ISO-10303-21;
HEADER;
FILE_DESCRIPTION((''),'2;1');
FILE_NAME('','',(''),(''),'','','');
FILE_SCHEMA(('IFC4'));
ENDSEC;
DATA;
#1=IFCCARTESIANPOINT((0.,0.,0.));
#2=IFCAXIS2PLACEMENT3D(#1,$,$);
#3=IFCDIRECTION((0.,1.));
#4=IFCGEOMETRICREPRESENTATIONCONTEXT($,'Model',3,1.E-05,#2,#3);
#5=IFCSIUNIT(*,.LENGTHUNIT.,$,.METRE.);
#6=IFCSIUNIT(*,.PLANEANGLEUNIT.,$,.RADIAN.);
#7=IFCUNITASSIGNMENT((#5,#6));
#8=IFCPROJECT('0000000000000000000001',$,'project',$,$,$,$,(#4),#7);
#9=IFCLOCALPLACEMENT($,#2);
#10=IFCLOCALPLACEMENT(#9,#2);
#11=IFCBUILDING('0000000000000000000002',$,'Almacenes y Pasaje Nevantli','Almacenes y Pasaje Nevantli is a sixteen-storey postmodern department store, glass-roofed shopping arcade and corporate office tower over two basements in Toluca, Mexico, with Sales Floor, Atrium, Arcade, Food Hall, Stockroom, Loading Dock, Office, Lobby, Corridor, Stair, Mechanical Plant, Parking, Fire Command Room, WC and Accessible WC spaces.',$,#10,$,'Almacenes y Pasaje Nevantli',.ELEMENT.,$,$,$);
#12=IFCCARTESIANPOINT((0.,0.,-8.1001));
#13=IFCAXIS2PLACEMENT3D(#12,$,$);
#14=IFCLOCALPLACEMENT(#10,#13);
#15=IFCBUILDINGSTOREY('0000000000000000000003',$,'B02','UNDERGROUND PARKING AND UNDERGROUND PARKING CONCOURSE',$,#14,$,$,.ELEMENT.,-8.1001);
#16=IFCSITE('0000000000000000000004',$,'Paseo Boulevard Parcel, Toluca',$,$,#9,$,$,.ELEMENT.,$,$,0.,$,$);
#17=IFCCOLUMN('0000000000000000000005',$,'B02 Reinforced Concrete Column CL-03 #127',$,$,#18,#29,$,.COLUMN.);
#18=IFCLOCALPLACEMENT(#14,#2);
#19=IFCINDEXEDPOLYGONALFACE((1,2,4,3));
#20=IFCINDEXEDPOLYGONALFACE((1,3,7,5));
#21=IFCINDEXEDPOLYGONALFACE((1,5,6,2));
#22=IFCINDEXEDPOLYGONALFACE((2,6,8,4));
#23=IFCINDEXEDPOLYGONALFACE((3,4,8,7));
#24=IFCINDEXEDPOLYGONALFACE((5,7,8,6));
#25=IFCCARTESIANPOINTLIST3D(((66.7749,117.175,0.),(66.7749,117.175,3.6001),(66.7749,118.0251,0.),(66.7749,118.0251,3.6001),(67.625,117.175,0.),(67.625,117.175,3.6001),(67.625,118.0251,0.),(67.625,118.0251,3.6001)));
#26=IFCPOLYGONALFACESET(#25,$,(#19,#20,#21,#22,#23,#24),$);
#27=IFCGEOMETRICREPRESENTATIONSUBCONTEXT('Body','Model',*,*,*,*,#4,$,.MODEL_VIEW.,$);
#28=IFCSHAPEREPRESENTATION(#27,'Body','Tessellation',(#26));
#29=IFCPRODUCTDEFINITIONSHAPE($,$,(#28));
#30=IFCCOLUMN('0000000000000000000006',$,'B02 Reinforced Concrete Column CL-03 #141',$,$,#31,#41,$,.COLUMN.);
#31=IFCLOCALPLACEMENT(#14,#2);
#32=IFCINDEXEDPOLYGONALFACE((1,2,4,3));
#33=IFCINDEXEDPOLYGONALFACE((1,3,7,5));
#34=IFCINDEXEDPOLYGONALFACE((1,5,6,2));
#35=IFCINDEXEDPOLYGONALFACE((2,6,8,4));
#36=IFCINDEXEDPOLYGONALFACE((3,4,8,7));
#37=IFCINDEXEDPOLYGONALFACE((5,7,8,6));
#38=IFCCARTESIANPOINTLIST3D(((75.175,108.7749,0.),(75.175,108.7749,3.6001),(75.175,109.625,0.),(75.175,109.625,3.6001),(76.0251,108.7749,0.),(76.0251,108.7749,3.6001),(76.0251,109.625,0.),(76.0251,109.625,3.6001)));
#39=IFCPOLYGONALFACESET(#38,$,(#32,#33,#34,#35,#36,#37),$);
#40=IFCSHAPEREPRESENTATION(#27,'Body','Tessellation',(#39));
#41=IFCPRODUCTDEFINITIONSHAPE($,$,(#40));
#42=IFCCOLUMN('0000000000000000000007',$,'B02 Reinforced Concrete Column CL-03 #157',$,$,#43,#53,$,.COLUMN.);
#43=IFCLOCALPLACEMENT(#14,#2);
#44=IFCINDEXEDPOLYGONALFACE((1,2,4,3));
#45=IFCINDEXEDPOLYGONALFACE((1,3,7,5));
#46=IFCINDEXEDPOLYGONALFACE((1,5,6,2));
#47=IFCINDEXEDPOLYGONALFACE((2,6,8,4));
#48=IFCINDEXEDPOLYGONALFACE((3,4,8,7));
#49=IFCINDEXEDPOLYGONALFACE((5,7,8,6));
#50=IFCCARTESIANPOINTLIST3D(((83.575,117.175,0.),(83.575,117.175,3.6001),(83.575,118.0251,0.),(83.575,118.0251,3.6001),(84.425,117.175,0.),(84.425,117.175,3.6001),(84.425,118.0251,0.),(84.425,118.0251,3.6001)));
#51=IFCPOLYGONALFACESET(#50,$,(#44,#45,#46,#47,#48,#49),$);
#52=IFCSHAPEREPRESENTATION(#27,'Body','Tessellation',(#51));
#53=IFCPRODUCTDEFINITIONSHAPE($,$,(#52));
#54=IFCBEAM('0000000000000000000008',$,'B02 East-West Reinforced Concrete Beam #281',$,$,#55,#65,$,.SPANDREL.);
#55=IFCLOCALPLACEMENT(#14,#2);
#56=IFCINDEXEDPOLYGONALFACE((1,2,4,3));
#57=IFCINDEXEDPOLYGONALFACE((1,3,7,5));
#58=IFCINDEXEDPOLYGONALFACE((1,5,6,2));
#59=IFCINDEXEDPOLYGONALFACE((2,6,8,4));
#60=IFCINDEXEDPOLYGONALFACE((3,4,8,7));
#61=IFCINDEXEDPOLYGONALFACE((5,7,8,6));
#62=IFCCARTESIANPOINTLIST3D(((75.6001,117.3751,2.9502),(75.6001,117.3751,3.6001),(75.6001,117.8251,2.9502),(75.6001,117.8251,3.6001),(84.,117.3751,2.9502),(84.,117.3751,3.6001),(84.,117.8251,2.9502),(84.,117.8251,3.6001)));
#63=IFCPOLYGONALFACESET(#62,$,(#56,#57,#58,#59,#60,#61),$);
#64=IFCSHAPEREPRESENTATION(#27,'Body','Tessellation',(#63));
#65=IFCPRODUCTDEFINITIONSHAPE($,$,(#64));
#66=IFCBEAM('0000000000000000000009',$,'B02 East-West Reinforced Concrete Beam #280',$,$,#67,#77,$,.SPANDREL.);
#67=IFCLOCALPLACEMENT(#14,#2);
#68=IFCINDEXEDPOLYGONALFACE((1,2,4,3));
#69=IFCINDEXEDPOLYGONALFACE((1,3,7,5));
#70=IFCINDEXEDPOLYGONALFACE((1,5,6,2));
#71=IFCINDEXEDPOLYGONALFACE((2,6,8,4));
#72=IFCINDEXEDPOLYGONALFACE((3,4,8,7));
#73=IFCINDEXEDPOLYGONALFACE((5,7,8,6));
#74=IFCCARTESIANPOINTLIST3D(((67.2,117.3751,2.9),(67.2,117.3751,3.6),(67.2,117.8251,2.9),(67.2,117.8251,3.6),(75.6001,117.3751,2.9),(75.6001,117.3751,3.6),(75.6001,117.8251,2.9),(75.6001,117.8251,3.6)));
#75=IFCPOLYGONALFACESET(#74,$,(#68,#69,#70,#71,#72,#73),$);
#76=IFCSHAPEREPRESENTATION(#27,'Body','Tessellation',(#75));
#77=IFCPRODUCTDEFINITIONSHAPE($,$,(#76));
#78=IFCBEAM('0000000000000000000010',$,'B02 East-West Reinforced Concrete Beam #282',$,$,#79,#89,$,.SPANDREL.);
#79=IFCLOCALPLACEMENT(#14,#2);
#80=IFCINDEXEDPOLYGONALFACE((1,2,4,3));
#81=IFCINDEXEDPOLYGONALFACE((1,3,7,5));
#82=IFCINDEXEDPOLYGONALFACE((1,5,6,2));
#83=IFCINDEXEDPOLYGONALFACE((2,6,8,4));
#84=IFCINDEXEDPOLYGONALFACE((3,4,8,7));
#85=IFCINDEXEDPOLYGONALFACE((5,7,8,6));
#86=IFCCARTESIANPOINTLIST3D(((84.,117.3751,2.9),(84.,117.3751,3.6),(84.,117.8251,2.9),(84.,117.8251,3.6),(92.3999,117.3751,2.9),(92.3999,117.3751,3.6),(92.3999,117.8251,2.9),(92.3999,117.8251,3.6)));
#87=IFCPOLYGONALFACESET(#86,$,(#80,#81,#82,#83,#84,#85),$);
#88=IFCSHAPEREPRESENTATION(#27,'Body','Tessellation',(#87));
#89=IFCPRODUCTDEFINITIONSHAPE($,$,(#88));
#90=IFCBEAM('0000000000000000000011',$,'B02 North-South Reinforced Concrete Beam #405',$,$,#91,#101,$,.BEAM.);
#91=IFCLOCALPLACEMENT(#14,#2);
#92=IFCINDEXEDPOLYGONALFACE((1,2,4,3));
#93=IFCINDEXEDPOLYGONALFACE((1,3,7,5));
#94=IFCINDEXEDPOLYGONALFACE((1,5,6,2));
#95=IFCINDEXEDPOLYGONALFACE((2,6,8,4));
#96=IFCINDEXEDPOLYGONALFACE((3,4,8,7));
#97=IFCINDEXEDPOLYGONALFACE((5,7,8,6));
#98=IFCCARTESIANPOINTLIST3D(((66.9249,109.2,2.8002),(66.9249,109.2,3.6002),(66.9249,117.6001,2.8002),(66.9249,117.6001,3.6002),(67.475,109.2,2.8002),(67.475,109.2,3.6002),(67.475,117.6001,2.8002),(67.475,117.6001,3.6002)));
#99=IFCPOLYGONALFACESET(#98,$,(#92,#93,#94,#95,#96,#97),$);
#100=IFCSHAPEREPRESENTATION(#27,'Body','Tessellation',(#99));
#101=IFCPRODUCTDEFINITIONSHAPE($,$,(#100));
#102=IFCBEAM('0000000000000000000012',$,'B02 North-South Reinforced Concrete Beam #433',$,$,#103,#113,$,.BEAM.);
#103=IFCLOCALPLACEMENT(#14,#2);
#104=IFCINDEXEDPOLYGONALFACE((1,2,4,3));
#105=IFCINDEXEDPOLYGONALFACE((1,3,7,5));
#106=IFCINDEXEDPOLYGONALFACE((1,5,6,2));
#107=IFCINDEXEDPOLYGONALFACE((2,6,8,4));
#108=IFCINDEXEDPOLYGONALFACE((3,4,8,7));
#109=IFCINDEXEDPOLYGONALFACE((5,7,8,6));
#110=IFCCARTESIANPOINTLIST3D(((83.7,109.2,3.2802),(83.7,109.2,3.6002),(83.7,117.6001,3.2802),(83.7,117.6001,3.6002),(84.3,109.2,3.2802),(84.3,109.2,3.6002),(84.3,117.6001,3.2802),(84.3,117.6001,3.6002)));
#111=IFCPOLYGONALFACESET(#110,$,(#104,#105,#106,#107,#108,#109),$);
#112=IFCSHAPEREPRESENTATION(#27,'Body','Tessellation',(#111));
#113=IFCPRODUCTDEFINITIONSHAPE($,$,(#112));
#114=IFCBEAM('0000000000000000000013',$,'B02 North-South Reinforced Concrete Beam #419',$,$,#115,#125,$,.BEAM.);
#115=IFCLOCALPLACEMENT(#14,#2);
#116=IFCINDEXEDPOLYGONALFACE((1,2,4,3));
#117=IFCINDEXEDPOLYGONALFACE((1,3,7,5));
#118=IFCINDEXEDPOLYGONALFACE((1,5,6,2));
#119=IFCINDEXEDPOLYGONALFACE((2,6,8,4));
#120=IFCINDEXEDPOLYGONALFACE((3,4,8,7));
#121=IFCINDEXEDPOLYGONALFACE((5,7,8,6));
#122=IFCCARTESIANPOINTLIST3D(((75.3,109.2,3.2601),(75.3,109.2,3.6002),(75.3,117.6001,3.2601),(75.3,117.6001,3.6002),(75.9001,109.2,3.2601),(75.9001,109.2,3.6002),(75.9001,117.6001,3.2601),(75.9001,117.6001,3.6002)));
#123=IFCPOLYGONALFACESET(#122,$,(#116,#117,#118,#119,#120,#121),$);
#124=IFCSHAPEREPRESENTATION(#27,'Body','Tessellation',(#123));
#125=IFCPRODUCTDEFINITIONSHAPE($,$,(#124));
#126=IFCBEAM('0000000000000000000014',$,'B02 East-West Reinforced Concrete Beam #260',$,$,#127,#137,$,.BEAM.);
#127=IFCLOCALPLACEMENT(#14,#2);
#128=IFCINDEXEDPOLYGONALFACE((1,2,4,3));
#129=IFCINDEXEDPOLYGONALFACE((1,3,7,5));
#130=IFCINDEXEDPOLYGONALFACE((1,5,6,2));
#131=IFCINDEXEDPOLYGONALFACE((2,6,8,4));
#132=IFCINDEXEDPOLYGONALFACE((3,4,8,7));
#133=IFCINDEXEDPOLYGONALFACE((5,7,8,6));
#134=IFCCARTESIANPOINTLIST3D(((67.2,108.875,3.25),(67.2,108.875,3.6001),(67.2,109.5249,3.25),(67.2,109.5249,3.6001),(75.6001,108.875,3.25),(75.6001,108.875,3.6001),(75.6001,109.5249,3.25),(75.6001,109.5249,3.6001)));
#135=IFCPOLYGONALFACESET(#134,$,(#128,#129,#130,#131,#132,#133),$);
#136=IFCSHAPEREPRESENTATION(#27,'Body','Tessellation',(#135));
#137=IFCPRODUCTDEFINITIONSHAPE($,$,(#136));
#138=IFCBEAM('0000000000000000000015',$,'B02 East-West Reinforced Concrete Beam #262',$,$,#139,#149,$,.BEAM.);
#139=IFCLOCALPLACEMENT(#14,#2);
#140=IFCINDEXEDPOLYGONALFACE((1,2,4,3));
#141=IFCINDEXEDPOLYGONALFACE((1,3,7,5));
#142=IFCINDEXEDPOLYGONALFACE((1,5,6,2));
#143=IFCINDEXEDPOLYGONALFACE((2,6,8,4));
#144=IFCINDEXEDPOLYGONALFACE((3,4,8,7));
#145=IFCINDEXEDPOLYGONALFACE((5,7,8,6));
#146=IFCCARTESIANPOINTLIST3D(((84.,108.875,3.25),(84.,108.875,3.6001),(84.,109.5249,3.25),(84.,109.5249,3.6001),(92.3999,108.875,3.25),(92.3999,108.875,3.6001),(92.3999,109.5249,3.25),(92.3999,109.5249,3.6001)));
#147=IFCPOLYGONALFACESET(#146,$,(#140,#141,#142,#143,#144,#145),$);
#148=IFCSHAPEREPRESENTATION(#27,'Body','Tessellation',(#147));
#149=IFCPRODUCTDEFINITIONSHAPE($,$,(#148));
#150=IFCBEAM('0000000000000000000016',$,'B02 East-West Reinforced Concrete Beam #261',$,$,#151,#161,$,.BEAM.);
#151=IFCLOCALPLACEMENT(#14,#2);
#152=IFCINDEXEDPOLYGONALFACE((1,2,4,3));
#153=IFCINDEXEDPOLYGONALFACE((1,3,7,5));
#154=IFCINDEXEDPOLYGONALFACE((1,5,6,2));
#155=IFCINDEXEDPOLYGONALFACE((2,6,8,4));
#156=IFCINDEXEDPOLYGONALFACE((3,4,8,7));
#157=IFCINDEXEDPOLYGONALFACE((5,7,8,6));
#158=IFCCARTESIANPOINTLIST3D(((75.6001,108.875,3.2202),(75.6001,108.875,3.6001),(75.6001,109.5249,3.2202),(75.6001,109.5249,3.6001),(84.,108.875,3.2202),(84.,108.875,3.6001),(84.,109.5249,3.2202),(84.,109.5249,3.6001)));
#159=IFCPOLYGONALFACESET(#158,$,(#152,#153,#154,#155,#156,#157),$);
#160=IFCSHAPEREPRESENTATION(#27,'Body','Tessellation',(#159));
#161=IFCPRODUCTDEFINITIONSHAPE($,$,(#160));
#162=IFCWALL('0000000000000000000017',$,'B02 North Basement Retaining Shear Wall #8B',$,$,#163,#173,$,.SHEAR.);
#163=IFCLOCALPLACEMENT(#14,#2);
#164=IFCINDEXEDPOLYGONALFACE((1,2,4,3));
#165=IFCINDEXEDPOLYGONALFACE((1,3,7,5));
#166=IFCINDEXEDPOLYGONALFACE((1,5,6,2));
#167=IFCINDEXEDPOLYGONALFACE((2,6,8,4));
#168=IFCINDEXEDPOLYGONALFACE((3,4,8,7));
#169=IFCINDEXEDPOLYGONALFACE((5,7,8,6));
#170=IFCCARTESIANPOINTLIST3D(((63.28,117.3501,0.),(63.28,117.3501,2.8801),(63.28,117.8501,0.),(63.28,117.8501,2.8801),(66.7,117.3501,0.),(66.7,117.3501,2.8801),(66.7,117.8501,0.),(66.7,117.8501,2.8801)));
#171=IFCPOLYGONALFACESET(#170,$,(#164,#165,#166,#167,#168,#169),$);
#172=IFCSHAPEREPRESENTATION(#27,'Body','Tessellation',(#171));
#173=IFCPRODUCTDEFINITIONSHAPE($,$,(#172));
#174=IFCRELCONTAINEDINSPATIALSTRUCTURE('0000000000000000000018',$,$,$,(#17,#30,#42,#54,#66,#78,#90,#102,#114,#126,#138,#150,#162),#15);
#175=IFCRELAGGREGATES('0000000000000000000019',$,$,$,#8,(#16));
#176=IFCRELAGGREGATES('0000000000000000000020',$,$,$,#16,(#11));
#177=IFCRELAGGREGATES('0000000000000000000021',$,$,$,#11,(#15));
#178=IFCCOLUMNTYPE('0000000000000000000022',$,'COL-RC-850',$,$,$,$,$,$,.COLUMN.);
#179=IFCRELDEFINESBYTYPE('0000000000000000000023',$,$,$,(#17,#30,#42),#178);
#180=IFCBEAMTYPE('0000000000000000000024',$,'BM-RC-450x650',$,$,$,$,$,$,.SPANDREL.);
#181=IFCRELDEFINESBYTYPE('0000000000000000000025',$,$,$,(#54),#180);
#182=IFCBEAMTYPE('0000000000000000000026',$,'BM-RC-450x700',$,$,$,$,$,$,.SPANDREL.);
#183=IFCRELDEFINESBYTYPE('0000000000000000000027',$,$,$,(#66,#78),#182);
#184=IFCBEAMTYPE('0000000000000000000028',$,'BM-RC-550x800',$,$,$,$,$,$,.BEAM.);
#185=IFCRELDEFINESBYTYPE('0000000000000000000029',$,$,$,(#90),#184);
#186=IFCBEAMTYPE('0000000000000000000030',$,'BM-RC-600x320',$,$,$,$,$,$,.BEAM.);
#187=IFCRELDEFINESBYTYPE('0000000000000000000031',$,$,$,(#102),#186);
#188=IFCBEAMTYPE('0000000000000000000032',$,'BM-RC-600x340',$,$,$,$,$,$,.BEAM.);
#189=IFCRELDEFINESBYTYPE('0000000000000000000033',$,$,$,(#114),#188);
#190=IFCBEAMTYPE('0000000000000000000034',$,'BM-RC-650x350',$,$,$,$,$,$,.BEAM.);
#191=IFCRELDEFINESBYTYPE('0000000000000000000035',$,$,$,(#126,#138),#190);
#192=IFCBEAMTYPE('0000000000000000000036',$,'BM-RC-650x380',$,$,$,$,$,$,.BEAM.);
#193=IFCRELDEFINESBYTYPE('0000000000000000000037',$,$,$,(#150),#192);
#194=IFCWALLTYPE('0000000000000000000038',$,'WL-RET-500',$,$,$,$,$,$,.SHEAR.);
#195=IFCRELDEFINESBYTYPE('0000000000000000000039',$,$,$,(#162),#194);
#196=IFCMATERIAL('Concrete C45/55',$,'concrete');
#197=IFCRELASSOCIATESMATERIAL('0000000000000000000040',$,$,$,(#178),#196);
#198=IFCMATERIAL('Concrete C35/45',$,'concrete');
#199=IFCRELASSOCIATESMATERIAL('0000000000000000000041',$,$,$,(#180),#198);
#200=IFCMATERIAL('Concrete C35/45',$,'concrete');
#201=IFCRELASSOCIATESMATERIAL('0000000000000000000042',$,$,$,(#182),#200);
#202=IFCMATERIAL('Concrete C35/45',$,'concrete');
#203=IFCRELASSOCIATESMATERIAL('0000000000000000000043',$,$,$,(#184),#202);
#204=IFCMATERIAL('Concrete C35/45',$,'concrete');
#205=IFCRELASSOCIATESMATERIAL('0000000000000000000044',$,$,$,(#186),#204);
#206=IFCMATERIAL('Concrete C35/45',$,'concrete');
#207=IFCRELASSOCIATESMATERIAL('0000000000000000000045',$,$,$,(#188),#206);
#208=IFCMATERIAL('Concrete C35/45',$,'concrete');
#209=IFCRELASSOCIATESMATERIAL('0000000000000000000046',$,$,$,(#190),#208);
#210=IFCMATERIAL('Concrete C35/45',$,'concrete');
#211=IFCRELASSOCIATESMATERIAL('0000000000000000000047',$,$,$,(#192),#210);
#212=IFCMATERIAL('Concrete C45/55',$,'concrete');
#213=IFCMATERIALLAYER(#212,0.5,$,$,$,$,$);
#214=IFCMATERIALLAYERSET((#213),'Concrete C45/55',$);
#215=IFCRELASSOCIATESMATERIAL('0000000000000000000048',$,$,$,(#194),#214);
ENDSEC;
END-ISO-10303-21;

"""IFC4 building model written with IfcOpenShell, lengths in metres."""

from ifc_helpers import new_model, si_unit, direction, frame, frame_2d, origin, origin_2d, place, context, subcontext, project, spatial, rectangle, extrude, material, layer, layer_set, material_profile, profile_set, type_object, element, save


model = new_model("IFC4")

# Units and contexts
model_context = context("Model", 3, precision=1e-05, world=origin(), true_north=direction((0.0, 1.0)))
body_context = subcontext(model_context, "Body", "Model", "MODEL_VIEW")
ifc_project = project(units=[si_unit("LENGTHUNIT", "METRE"), si_unit("PLANEANGLEUNIT", "RADIAN")], contexts=[model_context])

# Site, building, storey
site_placement = place(None, origin())
site = spatial("IfcSite", under=ifc_project, at=site_placement, Name="Paseo Boulevard Parcel, Toluca", CompositionType="ELEMENT", RefElevation=0.0)
building_placement = place(site_placement, origin())
building = spatial("IfcBuilding", under=site, at=building_placement, Name="Almacenes y Pasaje Nevantli", Description="Almacenes y Pasaje Nevantli is a sixteen-storey postmodern department store, glass-roofed shopping arcade and corporate office tower over two basements in Toluca, Mexico, with Sales Floor, Atrium, Arcade, Food Hall, Stockroom, Loading Dock, Office, Lobby, Corridor, Stair, Mechanical Plant, Parking, Fire Command Room, WC and Accessible WC spaces.", LongName="Almacenes y Pasaje Nevantli", CompositionType="ELEMENT")
storey_placement = place(building_placement, frame((0.0, 0.0, -8.1001)))
storey = spatial("IfcBuildingStorey", under=building, at=storey_placement, Name="B02", Description="UNDERGROUND PARKING AND UNDERGROUND PARKING CONCOURSE", CompositionType="ELEMENT", Elevation=-8.1001)

# Columns
ifc_material_1 = material(Name="Concrete C45/55", Category="concrete")
ifc_material_profile_1 = material_profile(ifc_material_1, rectangle(XDim=0.8501, YDim=0.8501, at=origin_2d()), Name="RC-COL-850x850")
ifc_profile_set_1 = profile_set([ifc_material_profile_1], Name="Concrete C45/55")
column_type_1 = type_object("IfcColumnType", Name="COL-RC-850", PredefinedType="COLUMN", material=ifc_profile_set_1)
for number, where, z_axis, x_axis, name in (
    (1, (67.2, 117.6001, 0.0), (0.0, 0.0, 1.0), (1.0, 0.0, 0.0), "B02 Reinforced Concrete Column CL-03 #127"),
    (2, (75.6001, 109.2, 0.0), (0.0, 0.0, 1.0), (1.0, 0.0, 0.0), "B02 Reinforced Concrete Column CL-03 #141"),
    (3, (84.0, 117.6001, 0.0), (0.0, 0.0, 1.0), (1.0, 0.0, 0.0), "B02 Reinforced Concrete Column CL-03 #157"),
):
    element("IfcColumn", number, at=place(storey_placement, frame(where, z_axis=z_axis, x_axis=x_axis)), inside=storey, type_object=column_type_1, Name=name, PredefinedType="COLUMN", context=body_context, shape_type="SweptSolid", body=[
        extrude(rectangle(XDim=0.8501, YDim=0.8501, at=origin_2d()), origin(), (0.0, 0.0, 1.0), 3.6001),
    ])

# Beams
ifc_material_2 = material(Name="Concrete C35/45", Category="concrete")
ifc_material_profile_2 = material_profile(ifc_material_2, rectangle(XDim=0.45, YDim=0.6499, at=origin_2d()), Name="RC-BM-450x650")
ifc_profile_set_2 = profile_set([ifc_material_profile_2], Name="Concrete C35/45")
beam_type_1 = type_object("IfcBeamType", Name="BM-RC-450x650", PredefinedType="SPANDREL", material=ifc_profile_set_2)
beam_1_placement = place(storey_placement, frame((75.6001, 117.6001, 3.2751), z_axis=(1.0, 0.0, 0.0), x_axis=(0.0, 1.0, 0.0)))
element("IfcBeam", 4, at=beam_1_placement, inside=storey, type_object=beam_type_1, Name="B02 East-West Reinforced Concrete Beam #281", PredefinedType="SPANDREL", context=body_context, shape_type="SweptSolid", body=[
    extrude(rectangle(XDim=0.45, YDim=0.6499, at=origin_2d()), origin(), (0.0, 0.0, 1.0), 8.3999),
])
ifc_material_3 = material(Name="Concrete C35/45", Category="concrete")
ifc_material_profile_3 = material_profile(ifc_material_3, rectangle(XDim=0.45, YDim=0.7, at=origin_2d()), Name="RC-BM-450x700")
ifc_profile_set_3 = profile_set([ifc_material_profile_3], Name="Concrete C35/45")
beam_type_2 = type_object("IfcBeamType", Name="BM-RC-450x700", PredefinedType="SPANDREL", material=ifc_profile_set_3)
beam_2_placement = place(storey_placement, frame((67.2, 117.6001, 3.25), z_axis=(1.0, 0.0, 0.0), x_axis=(0.0, 1.0, 0.0)))
element("IfcBeam", 5, at=beam_2_placement, inside=storey, type_object=beam_type_2, Name="B02 East-West Reinforced Concrete Beam #280", PredefinedType="SPANDREL", context=body_context, shape_type="SweptSolid", body=[
    extrude(rectangle(XDim=0.45, YDim=0.7, at=origin_2d()), origin(), (0.0, 0.0, 1.0), 8.4001),
])
beam_3_placement = place(storey_placement, frame((84.0, 117.6001, 3.25), z_axis=(1.0, 0.0, 0.0), x_axis=(0.0, 1.0, 0.0)))
element("IfcBeam", 6, at=beam_3_placement, inside=storey, type_object=beam_type_2, Name="B02 East-West Reinforced Concrete Beam #282", PredefinedType="SPANDREL", context=body_context, shape_type="SweptSolid", body=[
    extrude(rectangle(XDim=0.45, YDim=0.7, at=origin_2d()), origin(), (0.0, 0.0, 1.0), 8.3999),
])
ifc_material_4 = material(Name="Concrete C35/45", Category="concrete")
ifc_material_profile_4 = material_profile(ifc_material_4, rectangle(XDim=0.55, YDim=0.8, at=origin_2d()), Name="RC-BM-550x800")
ifc_profile_set_4 = profile_set([ifc_material_profile_4], Name="Concrete C35/45")
beam_type_3 = type_object("IfcBeamType", Name="BM-RC-550x800", PredefinedType="BEAM", material=ifc_profile_set_4)
beam_4_placement = place(storey_placement, frame((67.2, 109.2, 3.2002), z_axis=(0.0, 1.0, 0.0), x_axis=(-1.0, 0.0, 0.0)))
element("IfcBeam", 7, at=beam_4_placement, inside=storey, type_object=beam_type_3, Name="B02 North-South Reinforced Concrete Beam #405", PredefinedType="BEAM", context=body_context, shape_type="SweptSolid", body=[
    extrude(rectangle(XDim=0.55, YDim=0.8, at=origin_2d()), origin(), (0.0, 0.0, 1.0), 8.4001),
])
ifc_material_5 = material(Name="Concrete C35/45", Category="concrete")
ifc_material_profile_5 = material_profile(ifc_material_5, rectangle(XDim=0.6001, YDim=0.3201, at=origin_2d()), Name="RC-BM-600x320")
ifc_profile_set_5 = profile_set([ifc_material_profile_5], Name="Concrete C35/45")
beam_type_4 = type_object("IfcBeamType", Name="BM-RC-600x320", PredefinedType="BEAM", material=ifc_profile_set_5)
beam_5_placement = place(storey_placement, frame((84.0, 109.2, 3.4402), z_axis=(0.0, 1.0, 0.0), x_axis=(-1.0, 0.0, 0.0)))
element("IfcBeam", 8, at=beam_5_placement, inside=storey, type_object=beam_type_4, Name="B02 North-South Reinforced Concrete Beam #433", PredefinedType="BEAM", context=body_context, shape_type="SweptSolid", body=[
    extrude(rectangle(XDim=0.6001, YDim=0.3201, at=origin_2d()), origin(), (0.0, 0.0, 1.0), 8.4001),
])
ifc_material_6 = material(Name="Concrete C35/45", Category="concrete")
ifc_material_profile_6 = material_profile(ifc_material_6, rectangle(XDim=0.6001, YDim=0.3401, at=origin_2d()), Name="RC-BM-600x340")
ifc_profile_set_6 = profile_set([ifc_material_profile_6], Name="Concrete C35/45")
beam_type_5 = type_object("IfcBeamType", Name="BM-RC-600x340", PredefinedType="BEAM", material=ifc_profile_set_6)
beam_6_placement = place(storey_placement, frame((75.6001, 109.2, 3.4302), z_axis=(0.0, 1.0, 0.0), x_axis=(-1.0, 0.0, 0.0)))
element("IfcBeam", 9, at=beam_6_placement, inside=storey, type_object=beam_type_5, Name="B02 North-South Reinforced Concrete Beam #419", PredefinedType="BEAM", context=body_context, shape_type="SweptSolid", body=[
    extrude(rectangle(XDim=0.6001, YDim=0.3401, at=origin_2d()), origin(), (0.0, 0.0, 1.0), 8.4001),
])
ifc_material_7 = material(Name="Concrete C35/45", Category="concrete")
ifc_material_profile_7 = material_profile(ifc_material_7, rectangle(XDim=0.6499, YDim=0.3501, at=origin_2d()), Name="RC-BM-650x350")
ifc_profile_set_7 = profile_set([ifc_material_profile_7], Name="Concrete C35/45")
beam_type_6 = type_object("IfcBeamType", Name="BM-RC-650x350", PredefinedType="BEAM", material=ifc_profile_set_7)
beam_7_placement = place(storey_placement, frame((67.2, 109.2, 3.425), z_axis=(1.0, 0.0, 0.0), x_axis=(0.0, 1.0, 0.0)))
element("IfcBeam", 10, at=beam_7_placement, inside=storey, type_object=beam_type_6, Name="B02 East-West Reinforced Concrete Beam #260", PredefinedType="BEAM", context=body_context, shape_type="SweptSolid", body=[
    extrude(rectangle(XDim=0.6499, YDim=0.3501, at=origin_2d()), origin(), (0.0, 0.0, 1.0), 8.4001),
])
beam_8_placement = place(storey_placement, frame((84.0, 109.2, 3.425), z_axis=(1.0, 0.0, 0.0), x_axis=(0.0, 1.0, 0.0)))
element("IfcBeam", 11, at=beam_8_placement, inside=storey, type_object=beam_type_6, Name="B02 East-West Reinforced Concrete Beam #262", PredefinedType="BEAM", context=body_context, shape_type="SweptSolid", body=[
    extrude(rectangle(XDim=0.6499, YDim=0.3501, at=origin_2d()), origin(), (0.0, 0.0, 1.0), 8.3999),
])
ifc_material_8 = material(Name="Concrete C35/45", Category="concrete")
ifc_material_profile_8 = material_profile(ifc_material_8, rectangle(XDim=0.6499, YDim=0.3799, at=origin_2d()), Name="RC-BM-650x380")
ifc_profile_set_8 = profile_set([ifc_material_profile_8], Name="Concrete C35/45")
beam_type_7 = type_object("IfcBeamType", Name="BM-RC-650x380", PredefinedType="BEAM", material=ifc_profile_set_8)
beam_9_placement = place(storey_placement, frame((75.6001, 109.2, 3.4102), z_axis=(1.0, 0.0, 0.0), x_axis=(0.0, 1.0, 0.0)))
element("IfcBeam", 12, at=beam_9_placement, inside=storey, type_object=beam_type_7, Name="B02 East-West Reinforced Concrete Beam #261", PredefinedType="BEAM", context=body_context, shape_type="SweptSolid", body=[
    extrude(rectangle(XDim=0.6499, YDim=0.3799, at=origin_2d()), origin(), (0.0, 0.0, 1.0), 8.3999),
])

# Wall
ifc_material_9 = material(Name="Concrete C45/55", Category="concrete")
ifc_layer_1 = layer(ifc_material_9, 0.5)
ifc_layer_set_1 = layer_set([ifc_layer_1], Name="Concrete C45/55")
wall_type = type_object("IfcWallType", Name="WL-RET-500", PredefinedType="SHEAR", material=ifc_layer_set_1)
wall_1_placement = place(storey_placement, frame((63.28, 117.6001, 0.0), z_axis=(0.0, 0.0, 1.0), x_axis=(1.0, 0.0, 0.0)))
element("IfcWall", 13, at=wall_1_placement, inside=storey, type_object=wall_type, Name="B02 North Basement Retaining Shear Wall #8B", PredefinedType="SHEAR", context=body_context, shape_type="SweptSolid", body=[
    extrude(rectangle(XDim=3.4199, YDim=0.5, at=frame_2d((1.71, 0.0))), origin(), (0.0, 0.0, 1.0), 2.8801),
])

save(model, "model.ifc")
